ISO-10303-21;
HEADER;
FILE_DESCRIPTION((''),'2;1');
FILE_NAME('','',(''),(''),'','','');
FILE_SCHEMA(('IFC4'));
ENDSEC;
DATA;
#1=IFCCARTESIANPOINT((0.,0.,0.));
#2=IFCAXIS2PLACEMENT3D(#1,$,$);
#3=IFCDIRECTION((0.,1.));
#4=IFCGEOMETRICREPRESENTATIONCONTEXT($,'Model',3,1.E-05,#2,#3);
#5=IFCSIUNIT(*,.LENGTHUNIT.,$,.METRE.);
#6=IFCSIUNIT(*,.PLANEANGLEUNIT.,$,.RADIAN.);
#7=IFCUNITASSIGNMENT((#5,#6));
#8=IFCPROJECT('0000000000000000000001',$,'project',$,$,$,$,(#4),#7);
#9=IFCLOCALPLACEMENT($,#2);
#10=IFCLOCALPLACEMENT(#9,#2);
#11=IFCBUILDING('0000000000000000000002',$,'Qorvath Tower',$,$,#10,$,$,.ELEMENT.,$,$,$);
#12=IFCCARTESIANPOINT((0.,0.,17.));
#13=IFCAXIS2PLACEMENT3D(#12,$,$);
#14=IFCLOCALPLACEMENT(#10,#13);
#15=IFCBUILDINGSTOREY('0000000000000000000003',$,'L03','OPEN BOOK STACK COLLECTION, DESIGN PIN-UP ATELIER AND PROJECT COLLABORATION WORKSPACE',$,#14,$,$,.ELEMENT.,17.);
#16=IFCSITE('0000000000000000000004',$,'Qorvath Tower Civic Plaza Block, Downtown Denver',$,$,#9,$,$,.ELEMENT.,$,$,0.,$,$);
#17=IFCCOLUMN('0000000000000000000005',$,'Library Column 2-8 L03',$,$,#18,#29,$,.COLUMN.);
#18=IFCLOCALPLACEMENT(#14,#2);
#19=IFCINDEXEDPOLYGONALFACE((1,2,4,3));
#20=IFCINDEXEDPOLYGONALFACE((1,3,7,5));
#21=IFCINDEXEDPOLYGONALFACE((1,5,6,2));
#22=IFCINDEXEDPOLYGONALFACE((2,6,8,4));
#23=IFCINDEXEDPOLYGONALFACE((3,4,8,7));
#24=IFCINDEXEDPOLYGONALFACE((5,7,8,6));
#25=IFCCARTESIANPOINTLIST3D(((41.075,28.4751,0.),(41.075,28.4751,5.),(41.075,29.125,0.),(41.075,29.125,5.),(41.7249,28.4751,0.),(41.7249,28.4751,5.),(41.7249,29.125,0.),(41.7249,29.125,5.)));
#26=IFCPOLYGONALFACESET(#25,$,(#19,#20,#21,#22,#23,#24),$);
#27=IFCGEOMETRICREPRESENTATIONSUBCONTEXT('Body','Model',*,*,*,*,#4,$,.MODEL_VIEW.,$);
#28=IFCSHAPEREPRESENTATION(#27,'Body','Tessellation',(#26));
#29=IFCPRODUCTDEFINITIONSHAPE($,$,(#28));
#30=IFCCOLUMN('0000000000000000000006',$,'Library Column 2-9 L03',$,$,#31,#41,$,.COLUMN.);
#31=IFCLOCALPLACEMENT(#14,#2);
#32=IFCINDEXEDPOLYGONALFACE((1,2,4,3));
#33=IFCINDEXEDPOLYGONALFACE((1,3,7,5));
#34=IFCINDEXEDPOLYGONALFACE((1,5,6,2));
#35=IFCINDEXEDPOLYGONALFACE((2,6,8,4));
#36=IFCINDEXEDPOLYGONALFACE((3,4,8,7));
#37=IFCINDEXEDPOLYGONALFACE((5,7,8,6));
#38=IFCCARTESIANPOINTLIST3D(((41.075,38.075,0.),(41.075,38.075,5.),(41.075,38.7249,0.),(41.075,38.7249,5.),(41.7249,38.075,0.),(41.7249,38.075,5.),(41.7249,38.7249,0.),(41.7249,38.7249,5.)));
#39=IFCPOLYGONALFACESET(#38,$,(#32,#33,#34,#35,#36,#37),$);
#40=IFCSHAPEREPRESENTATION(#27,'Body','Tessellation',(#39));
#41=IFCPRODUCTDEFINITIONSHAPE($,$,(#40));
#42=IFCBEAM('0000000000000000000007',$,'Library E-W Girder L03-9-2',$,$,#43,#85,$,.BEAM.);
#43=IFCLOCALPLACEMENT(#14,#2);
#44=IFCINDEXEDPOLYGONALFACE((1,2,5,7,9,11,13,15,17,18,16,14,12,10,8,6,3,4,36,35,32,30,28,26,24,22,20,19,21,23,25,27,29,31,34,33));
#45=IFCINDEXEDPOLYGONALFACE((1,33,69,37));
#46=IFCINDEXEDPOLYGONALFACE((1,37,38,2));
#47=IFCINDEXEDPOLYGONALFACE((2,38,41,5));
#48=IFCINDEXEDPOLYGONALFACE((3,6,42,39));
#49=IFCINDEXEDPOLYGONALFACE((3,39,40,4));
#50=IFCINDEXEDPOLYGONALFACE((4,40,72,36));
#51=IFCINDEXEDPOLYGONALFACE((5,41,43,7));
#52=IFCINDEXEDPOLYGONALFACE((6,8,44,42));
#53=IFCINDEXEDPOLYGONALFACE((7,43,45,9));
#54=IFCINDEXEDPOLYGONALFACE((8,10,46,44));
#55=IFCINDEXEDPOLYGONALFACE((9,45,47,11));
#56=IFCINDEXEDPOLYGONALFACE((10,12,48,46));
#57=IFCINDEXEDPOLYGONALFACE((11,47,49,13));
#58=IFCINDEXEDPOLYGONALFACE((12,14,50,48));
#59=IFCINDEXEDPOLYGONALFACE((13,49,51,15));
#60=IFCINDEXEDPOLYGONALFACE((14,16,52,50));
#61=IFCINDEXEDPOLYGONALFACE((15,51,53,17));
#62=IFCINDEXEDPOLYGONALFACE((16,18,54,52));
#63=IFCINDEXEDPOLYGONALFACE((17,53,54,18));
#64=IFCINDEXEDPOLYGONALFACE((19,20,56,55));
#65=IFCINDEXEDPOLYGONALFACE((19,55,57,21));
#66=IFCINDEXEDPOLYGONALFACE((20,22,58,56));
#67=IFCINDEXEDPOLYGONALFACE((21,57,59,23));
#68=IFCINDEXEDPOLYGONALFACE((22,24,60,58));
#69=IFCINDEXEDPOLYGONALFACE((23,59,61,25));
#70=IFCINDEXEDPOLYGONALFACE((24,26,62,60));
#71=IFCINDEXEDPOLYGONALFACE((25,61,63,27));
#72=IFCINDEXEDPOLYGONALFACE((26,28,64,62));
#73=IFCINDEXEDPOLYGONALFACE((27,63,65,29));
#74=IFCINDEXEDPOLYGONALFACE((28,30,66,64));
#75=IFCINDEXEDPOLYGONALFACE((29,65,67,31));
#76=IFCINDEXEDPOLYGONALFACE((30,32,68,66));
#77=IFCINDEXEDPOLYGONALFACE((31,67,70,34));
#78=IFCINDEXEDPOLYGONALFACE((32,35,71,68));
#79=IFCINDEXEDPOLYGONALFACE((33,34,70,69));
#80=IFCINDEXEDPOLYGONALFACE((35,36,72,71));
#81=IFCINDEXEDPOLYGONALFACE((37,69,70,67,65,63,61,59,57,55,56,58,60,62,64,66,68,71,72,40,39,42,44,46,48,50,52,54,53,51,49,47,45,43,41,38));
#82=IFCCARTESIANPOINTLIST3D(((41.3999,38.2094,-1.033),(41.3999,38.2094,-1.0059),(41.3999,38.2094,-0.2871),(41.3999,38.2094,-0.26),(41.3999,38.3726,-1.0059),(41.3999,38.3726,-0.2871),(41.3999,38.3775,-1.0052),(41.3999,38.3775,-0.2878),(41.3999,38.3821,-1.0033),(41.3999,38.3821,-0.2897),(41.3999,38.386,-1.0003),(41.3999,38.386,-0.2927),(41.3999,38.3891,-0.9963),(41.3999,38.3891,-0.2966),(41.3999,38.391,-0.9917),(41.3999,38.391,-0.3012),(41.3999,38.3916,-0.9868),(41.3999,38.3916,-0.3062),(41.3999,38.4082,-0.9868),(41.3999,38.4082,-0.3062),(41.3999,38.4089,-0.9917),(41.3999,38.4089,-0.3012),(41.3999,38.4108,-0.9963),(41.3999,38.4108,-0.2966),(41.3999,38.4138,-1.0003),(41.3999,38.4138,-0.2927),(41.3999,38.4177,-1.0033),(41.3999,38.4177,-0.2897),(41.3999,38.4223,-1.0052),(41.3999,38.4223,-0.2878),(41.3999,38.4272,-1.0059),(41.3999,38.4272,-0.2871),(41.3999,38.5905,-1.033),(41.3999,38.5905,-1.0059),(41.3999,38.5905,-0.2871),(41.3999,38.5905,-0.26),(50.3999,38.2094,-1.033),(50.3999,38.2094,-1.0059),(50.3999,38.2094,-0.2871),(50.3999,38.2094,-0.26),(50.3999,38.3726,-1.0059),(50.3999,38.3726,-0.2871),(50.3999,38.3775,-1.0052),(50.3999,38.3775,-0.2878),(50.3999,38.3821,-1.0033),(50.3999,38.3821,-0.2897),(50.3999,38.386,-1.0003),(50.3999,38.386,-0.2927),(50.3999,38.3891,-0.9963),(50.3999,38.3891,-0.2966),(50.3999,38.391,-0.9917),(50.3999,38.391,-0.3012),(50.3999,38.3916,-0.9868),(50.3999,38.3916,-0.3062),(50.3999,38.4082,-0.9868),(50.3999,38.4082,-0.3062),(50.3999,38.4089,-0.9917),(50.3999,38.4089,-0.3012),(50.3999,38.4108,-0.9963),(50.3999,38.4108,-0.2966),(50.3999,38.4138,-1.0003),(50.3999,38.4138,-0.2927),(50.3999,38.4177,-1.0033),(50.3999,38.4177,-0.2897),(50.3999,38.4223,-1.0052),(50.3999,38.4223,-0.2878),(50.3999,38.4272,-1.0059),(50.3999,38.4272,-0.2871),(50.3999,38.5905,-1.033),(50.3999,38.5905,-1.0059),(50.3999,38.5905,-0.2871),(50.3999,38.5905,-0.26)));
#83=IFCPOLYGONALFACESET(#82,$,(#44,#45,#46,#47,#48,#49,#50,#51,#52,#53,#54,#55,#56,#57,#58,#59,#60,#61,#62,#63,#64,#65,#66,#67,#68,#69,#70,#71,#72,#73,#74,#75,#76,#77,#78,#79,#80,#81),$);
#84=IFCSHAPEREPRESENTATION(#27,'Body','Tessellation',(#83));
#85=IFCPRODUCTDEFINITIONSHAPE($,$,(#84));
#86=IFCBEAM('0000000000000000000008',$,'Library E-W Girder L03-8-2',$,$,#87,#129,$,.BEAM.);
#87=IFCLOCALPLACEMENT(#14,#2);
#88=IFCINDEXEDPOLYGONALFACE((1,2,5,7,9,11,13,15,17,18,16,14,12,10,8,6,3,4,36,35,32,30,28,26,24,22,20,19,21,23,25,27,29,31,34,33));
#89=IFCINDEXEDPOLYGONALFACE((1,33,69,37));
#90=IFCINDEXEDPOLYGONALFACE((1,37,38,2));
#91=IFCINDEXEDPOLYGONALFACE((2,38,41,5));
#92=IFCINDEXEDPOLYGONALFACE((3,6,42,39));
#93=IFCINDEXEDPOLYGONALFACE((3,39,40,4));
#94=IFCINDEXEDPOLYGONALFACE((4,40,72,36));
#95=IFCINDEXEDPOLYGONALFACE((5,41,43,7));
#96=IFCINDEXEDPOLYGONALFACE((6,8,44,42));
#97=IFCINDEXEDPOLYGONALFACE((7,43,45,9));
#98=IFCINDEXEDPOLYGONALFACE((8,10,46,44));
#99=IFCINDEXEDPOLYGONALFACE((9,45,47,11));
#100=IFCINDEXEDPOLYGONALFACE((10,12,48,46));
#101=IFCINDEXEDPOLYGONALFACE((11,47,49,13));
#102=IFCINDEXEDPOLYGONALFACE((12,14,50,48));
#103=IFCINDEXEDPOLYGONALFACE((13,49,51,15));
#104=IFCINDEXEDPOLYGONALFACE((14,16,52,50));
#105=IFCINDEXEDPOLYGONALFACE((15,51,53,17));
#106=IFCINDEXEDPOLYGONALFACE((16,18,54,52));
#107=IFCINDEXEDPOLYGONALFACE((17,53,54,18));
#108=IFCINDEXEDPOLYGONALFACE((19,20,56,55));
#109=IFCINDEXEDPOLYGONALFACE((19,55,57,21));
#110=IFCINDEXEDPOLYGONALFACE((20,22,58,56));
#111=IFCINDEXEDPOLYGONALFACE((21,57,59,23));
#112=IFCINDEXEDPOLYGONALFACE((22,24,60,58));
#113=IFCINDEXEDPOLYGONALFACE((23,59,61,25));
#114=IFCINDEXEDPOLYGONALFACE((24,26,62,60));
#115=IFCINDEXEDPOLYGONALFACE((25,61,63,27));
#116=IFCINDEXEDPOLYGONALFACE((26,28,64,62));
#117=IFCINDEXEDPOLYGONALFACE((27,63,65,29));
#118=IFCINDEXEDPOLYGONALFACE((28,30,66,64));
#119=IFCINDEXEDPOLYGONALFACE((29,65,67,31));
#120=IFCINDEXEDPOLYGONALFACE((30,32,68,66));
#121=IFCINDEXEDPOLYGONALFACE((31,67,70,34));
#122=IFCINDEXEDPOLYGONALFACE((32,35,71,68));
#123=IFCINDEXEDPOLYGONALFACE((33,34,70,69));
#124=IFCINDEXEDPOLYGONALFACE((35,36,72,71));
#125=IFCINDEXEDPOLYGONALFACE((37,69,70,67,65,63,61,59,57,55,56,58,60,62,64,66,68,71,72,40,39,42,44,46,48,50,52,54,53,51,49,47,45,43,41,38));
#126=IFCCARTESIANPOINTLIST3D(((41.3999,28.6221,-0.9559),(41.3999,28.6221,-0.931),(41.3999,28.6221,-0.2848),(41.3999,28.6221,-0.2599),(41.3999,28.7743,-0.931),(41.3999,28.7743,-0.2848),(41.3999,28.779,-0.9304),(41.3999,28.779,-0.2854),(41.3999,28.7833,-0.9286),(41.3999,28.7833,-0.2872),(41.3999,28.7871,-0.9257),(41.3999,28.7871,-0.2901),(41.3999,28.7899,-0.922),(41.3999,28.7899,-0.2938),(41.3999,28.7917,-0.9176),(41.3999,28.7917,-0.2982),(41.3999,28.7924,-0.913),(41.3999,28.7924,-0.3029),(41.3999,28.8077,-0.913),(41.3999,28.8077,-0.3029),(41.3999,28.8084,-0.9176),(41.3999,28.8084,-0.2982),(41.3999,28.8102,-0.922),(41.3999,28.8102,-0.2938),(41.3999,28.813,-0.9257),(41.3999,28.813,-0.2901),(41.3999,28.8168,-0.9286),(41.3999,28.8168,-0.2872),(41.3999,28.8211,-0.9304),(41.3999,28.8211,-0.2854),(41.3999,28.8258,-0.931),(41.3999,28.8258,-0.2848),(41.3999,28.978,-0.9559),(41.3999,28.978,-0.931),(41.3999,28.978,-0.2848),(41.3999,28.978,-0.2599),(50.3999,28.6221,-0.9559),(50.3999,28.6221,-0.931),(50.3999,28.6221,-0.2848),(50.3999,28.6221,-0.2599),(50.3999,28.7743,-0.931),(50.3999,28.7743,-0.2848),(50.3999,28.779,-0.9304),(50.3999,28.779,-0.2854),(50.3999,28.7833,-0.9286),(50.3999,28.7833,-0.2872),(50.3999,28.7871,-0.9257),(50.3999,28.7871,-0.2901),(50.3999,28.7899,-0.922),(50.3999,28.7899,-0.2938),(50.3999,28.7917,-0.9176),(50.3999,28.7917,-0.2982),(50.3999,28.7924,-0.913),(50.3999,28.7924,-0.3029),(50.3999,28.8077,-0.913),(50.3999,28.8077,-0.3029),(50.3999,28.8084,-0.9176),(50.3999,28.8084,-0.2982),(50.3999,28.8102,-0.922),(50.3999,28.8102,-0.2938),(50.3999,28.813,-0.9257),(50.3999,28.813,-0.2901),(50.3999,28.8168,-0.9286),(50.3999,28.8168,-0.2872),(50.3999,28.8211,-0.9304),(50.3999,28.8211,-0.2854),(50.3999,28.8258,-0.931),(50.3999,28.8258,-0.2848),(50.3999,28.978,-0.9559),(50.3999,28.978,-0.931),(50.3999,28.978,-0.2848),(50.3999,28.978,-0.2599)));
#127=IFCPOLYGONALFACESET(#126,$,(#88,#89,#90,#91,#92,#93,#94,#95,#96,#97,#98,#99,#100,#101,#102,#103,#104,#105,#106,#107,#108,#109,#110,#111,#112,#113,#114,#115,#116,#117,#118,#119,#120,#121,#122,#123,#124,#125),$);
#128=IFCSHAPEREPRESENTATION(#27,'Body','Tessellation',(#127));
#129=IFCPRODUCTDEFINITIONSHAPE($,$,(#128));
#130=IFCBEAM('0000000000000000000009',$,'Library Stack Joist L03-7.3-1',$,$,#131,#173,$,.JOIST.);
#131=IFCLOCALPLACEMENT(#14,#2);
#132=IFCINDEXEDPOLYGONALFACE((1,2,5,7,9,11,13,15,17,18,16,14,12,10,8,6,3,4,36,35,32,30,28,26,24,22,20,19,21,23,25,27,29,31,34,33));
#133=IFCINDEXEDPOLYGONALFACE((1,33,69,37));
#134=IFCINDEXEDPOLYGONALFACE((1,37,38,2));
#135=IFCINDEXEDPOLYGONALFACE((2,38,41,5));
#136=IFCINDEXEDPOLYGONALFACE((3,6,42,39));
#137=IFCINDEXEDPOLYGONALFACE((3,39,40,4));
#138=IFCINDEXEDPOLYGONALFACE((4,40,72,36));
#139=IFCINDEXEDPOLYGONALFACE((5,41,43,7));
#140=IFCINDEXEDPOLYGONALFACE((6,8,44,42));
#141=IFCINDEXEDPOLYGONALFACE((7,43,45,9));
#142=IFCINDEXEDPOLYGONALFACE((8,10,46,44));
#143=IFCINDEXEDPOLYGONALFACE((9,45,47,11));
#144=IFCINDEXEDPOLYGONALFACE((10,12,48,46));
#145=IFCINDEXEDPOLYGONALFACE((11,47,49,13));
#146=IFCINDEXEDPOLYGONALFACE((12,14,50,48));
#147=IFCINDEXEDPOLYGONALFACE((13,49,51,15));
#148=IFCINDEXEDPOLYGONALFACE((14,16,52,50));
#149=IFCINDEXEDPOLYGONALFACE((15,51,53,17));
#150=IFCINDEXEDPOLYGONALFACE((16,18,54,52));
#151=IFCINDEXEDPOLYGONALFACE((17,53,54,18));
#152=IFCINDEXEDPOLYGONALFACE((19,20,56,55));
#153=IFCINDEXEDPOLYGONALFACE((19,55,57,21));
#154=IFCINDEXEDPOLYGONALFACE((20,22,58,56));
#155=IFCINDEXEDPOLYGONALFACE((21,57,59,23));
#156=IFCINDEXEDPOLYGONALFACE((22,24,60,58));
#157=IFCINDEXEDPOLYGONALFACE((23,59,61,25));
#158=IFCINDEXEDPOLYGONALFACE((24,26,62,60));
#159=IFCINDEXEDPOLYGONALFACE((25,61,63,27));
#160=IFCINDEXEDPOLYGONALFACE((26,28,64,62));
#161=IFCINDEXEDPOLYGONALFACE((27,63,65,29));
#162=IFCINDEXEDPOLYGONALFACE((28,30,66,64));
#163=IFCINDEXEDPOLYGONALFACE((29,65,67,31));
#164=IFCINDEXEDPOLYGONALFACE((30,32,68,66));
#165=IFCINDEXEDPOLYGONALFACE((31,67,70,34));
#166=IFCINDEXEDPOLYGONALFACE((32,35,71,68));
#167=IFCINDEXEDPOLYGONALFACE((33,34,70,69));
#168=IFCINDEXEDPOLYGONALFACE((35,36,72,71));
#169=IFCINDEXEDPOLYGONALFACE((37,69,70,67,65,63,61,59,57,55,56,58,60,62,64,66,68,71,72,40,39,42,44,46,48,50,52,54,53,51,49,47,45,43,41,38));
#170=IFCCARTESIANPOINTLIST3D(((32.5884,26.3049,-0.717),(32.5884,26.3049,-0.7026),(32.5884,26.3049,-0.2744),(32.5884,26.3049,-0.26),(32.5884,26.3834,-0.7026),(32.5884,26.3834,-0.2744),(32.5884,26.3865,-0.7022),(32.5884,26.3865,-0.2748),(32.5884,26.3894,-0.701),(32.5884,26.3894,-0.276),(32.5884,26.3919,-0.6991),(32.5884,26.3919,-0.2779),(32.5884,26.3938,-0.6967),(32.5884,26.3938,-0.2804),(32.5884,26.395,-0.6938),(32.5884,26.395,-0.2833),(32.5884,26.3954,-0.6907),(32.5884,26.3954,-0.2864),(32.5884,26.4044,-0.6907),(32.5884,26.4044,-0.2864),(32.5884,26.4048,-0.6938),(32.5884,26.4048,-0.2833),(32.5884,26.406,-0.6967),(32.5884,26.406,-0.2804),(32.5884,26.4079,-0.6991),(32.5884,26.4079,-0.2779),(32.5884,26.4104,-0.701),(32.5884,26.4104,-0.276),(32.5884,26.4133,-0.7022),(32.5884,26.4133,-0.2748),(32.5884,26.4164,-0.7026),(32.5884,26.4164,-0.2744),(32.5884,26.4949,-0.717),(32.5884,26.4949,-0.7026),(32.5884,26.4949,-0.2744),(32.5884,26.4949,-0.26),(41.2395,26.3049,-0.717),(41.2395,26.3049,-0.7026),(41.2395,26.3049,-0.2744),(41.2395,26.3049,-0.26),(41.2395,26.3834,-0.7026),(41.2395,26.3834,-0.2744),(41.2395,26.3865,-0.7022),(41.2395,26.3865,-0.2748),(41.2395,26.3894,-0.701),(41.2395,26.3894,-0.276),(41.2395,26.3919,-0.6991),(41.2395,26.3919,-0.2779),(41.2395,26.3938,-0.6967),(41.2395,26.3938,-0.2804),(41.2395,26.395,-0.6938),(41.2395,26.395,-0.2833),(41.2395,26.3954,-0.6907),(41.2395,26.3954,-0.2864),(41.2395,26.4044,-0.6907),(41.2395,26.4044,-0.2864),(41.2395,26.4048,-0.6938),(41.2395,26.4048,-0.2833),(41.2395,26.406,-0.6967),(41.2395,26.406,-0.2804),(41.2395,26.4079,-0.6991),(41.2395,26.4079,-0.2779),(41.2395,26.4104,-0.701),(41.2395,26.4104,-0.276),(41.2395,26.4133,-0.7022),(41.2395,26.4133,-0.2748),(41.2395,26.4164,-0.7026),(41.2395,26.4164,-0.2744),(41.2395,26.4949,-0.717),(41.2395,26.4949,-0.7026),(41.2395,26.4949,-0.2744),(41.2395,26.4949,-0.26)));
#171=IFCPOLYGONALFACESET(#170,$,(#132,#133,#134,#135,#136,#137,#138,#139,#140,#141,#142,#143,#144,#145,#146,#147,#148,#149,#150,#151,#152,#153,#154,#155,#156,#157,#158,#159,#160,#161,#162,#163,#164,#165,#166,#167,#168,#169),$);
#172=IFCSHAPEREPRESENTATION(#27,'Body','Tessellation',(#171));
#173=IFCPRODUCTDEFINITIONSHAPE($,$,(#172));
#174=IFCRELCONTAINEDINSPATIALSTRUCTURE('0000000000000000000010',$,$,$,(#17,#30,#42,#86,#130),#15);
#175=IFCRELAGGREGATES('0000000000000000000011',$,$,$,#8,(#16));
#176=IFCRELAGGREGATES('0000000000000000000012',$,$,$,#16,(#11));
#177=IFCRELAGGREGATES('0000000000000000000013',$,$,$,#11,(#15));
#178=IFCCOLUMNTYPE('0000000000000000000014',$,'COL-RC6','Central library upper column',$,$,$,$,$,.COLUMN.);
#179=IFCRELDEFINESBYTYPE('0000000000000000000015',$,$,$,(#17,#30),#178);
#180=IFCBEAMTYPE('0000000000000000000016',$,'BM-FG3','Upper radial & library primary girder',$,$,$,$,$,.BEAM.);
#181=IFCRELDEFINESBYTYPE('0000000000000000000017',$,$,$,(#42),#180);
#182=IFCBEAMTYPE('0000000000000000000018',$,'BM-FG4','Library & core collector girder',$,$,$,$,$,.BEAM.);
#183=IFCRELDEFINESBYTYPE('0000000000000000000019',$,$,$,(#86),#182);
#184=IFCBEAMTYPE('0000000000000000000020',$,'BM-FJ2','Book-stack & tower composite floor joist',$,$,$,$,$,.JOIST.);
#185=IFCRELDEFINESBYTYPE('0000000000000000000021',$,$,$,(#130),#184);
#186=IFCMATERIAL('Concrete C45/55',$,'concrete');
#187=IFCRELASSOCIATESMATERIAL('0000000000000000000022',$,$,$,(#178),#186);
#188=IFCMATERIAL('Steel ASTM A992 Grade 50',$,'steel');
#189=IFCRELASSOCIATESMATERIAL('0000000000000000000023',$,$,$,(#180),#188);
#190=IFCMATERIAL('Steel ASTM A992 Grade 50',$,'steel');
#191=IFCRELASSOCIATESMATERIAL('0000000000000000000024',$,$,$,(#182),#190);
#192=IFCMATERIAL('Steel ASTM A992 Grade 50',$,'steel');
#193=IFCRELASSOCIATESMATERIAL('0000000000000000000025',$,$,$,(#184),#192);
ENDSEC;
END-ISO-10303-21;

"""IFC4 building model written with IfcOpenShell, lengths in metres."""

from ifc_helpers import new_model, si_unit, direction, frame, origin, origin_2d, place, context, subcontext, project, spatial, rectangle, i_section, extrude, material, material_profile, profile_set, type_object, element, save


model = new_model("IFC4")

# Units and contexts
model_context = context("Model", 3, precision=1e-05, world=origin(), true_north=direction((0.0, 1.0)))
body_context = subcontext(model_context, "Body", "Model", "MODEL_VIEW")
ifc_project = project(units=[si_unit("LENGTHUNIT", "METRE"), si_unit("PLANEANGLEUNIT", "RADIAN")], contexts=[model_context])

# Site, building, storey
site_placement = place(None, origin())
site = spatial("IfcSite", under=ifc_project, at=site_placement, Name="Qorvath Tower Civic Plaza Block, Downtown Denver", CompositionType="ELEMENT", RefElevation=0.0)
building_placement = place(site_placement, origin())
building = spatial("IfcBuilding", under=site, at=building_placement, Name="Qorvath Tower", CompositionType="ELEMENT")
storey_placement = place(building_placement, frame((0.0, 0.0, 17.0)))
storey = spatial("IfcBuildingStorey", under=building, at=storey_placement, Name="L03", Description="OPEN BOOK STACK COLLECTION, DESIGN PIN-UP ATELIER AND PROJECT COLLABORATION WORKSPACE", CompositionType="ELEMENT", Elevation=17.0)

# Columns
ifc_material_1 = material(Name="Concrete C45/55", Category="concrete")
ifc_material_profile_1 = material_profile(ifc_material_1, rectangle(XDim=0.6499, YDim=0.6499, at=origin_2d()), Name="RC 650x650")
ifc_profile_set_1 = profile_set([ifc_material_profile_1], Name="Concrete C45/55")
column_type = type_object("IfcColumnType", Name="COL-RC6", Description="Central library upper column", PredefinedType="COLUMN", material=ifc_profile_set_1)
for number, where, z_axis, x_axis, name in (
    (1, (41.3999, 28.8, 0.0), (0.0, 0.0, 1.0), (1.0, 0.0, 0.0), "Library Column 2-8 L03"),
    (2, (41.3999, 38.3999, 0.0), (0.0, 0.0, 1.0), (1.0, 0.0, 0.0), "Library Column 2-9 L03"),
):
    element("IfcColumn", number, at=place(storey_placement, frame(where, z_axis=z_axis, x_axis=x_axis)), inside=storey, type_object=column_type, Name=name, PredefinedType="COLUMN", context=body_context, shape_type="SweptSolid", body=[
        extrude(rectangle(XDim=0.6499, YDim=0.6499, at=origin_2d()), origin(), (0.0, 0.0, 1.0), 5.0),
    ])

# Beams
ifc_material_2 = material(Name="Steel ASTM A992 Grade 50", Category="steel")
ifc_material_profile_2 = material_profile(ifc_material_2, i_section(OverallWidth=0.3811, OverallDepth=0.7729, WebThickness=0.0166, FlangeThickness=0.0271, FilletRadius=0.019, at=origin_2d()), Name="W30x173")
ifc_profile_set_2 = profile_set([ifc_material_profile_2], Name="Steel ASTM A992 Grade 50")
beam_type_1 = type_object("IfcBeamType", Name="BM-FG3", Description="Upper radial & library primary girder", PredefinedType="BEAM", material=ifc_profile_set_2)
beam_1_placement = place(storey_placement, frame((41.3999, 38.3999, -0.6465), z_axis=(1.0, 0.0, 0.0), x_axis=(0.0, 1.0, 0.0)))
element("IfcBeam", 3, at=beam_1_placement, inside=storey, type_object=beam_type_1, Name="Library E-W Girder L03-9-2", PredefinedType="BEAM", context=body_context, shape_type="SweptSolid", body=[
    extrude(i_section(OverallWidth=0.3811, OverallDepth=0.7729, WebThickness=0.0166, FlangeThickness=0.0271, FilletRadius=0.019, at=origin_2d()), origin(), (0.0, 0.0, 1.0), 9.0),
])
ifc_material_3 = material(Name="Steel ASTM A992 Grade 50", Category="steel")
ifc_material_profile_3 = material_profile(ifc_material_3, i_section(OverallWidth=0.356, OverallDepth=0.696, WebThickness=0.0154, FlangeThickness=0.0249, FilletRadius=0.0181, at=origin_2d()), Name="W27x146")
ifc_profile_set_3 = profile_set([ifc_material_profile_3], Name="Steel ASTM A992 Grade 50")
beam_type_2 = type_object("IfcBeamType", Name="BM-FG4", Description="Library & core collector girder", PredefinedType="BEAM", material=ifc_profile_set_3)
beam_2_placement = place(storey_placement, frame((41.3999, 28.8, -0.6079), z_axis=(1.0, 0.0, 0.0), x_axis=(0.0, 1.0, 0.0)))
element("IfcBeam", 4, at=beam_2_placement, inside=storey, type_object=beam_type_2, Name="Library E-W Girder L03-8-2", PredefinedType="BEAM", context=body_context, shape_type="SweptSolid", body=[
    extrude(i_section(OverallWidth=0.356, OverallDepth=0.696, WebThickness=0.0154, FlangeThickness=0.0249, FilletRadius=0.0181, at=origin_2d()), origin(), (0.0, 0.0, 1.0), 9.0),
])
ifc_material_4 = material(Name="Steel ASTM A992 Grade 50", Category="steel")
ifc_material_profile_4 = material_profile(ifc_material_4, i_section(OverallWidth=0.1899, OverallDepth=0.457, WebThickness=0.009, FlangeThickness=0.0144, FilletRadius=0.012, at=origin_2d()), Name="W18x50")
ifc_profile_set_4 = profile_set([ifc_material_profile_4], Name="Steel ASTM A992 Grade 50")
beam_type_3 = type_object("IfcBeamType", Name="BM-FJ2", Description="Book-stack & tower composite floor joist", PredefinedType="JOIST", material=ifc_profile_set_4)
beam_3_placement = place(storey_placement, frame((32.5884, 26.3999, -0.4885), z_axis=(1.0, 0.0, 0.0), x_axis=(0.0, 1.0, 0.0)))
element("IfcBeam", 5, at=beam_3_placement, inside=storey, type_object=beam_type_3, Name="Library Stack Joist L03-7.3-1", PredefinedType="JOIST", context=body_context, shape_type="SweptSolid", body=[
    extrude(i_section(OverallWidth=0.1899, OverallDepth=0.457, WebThickness=0.009, FlangeThickness=0.0144, FilletRadius=0.012, at=origin_2d()), origin(), (0.0, 0.0, 1.0), 8.6511),
])

save(model, "model.ifc")
